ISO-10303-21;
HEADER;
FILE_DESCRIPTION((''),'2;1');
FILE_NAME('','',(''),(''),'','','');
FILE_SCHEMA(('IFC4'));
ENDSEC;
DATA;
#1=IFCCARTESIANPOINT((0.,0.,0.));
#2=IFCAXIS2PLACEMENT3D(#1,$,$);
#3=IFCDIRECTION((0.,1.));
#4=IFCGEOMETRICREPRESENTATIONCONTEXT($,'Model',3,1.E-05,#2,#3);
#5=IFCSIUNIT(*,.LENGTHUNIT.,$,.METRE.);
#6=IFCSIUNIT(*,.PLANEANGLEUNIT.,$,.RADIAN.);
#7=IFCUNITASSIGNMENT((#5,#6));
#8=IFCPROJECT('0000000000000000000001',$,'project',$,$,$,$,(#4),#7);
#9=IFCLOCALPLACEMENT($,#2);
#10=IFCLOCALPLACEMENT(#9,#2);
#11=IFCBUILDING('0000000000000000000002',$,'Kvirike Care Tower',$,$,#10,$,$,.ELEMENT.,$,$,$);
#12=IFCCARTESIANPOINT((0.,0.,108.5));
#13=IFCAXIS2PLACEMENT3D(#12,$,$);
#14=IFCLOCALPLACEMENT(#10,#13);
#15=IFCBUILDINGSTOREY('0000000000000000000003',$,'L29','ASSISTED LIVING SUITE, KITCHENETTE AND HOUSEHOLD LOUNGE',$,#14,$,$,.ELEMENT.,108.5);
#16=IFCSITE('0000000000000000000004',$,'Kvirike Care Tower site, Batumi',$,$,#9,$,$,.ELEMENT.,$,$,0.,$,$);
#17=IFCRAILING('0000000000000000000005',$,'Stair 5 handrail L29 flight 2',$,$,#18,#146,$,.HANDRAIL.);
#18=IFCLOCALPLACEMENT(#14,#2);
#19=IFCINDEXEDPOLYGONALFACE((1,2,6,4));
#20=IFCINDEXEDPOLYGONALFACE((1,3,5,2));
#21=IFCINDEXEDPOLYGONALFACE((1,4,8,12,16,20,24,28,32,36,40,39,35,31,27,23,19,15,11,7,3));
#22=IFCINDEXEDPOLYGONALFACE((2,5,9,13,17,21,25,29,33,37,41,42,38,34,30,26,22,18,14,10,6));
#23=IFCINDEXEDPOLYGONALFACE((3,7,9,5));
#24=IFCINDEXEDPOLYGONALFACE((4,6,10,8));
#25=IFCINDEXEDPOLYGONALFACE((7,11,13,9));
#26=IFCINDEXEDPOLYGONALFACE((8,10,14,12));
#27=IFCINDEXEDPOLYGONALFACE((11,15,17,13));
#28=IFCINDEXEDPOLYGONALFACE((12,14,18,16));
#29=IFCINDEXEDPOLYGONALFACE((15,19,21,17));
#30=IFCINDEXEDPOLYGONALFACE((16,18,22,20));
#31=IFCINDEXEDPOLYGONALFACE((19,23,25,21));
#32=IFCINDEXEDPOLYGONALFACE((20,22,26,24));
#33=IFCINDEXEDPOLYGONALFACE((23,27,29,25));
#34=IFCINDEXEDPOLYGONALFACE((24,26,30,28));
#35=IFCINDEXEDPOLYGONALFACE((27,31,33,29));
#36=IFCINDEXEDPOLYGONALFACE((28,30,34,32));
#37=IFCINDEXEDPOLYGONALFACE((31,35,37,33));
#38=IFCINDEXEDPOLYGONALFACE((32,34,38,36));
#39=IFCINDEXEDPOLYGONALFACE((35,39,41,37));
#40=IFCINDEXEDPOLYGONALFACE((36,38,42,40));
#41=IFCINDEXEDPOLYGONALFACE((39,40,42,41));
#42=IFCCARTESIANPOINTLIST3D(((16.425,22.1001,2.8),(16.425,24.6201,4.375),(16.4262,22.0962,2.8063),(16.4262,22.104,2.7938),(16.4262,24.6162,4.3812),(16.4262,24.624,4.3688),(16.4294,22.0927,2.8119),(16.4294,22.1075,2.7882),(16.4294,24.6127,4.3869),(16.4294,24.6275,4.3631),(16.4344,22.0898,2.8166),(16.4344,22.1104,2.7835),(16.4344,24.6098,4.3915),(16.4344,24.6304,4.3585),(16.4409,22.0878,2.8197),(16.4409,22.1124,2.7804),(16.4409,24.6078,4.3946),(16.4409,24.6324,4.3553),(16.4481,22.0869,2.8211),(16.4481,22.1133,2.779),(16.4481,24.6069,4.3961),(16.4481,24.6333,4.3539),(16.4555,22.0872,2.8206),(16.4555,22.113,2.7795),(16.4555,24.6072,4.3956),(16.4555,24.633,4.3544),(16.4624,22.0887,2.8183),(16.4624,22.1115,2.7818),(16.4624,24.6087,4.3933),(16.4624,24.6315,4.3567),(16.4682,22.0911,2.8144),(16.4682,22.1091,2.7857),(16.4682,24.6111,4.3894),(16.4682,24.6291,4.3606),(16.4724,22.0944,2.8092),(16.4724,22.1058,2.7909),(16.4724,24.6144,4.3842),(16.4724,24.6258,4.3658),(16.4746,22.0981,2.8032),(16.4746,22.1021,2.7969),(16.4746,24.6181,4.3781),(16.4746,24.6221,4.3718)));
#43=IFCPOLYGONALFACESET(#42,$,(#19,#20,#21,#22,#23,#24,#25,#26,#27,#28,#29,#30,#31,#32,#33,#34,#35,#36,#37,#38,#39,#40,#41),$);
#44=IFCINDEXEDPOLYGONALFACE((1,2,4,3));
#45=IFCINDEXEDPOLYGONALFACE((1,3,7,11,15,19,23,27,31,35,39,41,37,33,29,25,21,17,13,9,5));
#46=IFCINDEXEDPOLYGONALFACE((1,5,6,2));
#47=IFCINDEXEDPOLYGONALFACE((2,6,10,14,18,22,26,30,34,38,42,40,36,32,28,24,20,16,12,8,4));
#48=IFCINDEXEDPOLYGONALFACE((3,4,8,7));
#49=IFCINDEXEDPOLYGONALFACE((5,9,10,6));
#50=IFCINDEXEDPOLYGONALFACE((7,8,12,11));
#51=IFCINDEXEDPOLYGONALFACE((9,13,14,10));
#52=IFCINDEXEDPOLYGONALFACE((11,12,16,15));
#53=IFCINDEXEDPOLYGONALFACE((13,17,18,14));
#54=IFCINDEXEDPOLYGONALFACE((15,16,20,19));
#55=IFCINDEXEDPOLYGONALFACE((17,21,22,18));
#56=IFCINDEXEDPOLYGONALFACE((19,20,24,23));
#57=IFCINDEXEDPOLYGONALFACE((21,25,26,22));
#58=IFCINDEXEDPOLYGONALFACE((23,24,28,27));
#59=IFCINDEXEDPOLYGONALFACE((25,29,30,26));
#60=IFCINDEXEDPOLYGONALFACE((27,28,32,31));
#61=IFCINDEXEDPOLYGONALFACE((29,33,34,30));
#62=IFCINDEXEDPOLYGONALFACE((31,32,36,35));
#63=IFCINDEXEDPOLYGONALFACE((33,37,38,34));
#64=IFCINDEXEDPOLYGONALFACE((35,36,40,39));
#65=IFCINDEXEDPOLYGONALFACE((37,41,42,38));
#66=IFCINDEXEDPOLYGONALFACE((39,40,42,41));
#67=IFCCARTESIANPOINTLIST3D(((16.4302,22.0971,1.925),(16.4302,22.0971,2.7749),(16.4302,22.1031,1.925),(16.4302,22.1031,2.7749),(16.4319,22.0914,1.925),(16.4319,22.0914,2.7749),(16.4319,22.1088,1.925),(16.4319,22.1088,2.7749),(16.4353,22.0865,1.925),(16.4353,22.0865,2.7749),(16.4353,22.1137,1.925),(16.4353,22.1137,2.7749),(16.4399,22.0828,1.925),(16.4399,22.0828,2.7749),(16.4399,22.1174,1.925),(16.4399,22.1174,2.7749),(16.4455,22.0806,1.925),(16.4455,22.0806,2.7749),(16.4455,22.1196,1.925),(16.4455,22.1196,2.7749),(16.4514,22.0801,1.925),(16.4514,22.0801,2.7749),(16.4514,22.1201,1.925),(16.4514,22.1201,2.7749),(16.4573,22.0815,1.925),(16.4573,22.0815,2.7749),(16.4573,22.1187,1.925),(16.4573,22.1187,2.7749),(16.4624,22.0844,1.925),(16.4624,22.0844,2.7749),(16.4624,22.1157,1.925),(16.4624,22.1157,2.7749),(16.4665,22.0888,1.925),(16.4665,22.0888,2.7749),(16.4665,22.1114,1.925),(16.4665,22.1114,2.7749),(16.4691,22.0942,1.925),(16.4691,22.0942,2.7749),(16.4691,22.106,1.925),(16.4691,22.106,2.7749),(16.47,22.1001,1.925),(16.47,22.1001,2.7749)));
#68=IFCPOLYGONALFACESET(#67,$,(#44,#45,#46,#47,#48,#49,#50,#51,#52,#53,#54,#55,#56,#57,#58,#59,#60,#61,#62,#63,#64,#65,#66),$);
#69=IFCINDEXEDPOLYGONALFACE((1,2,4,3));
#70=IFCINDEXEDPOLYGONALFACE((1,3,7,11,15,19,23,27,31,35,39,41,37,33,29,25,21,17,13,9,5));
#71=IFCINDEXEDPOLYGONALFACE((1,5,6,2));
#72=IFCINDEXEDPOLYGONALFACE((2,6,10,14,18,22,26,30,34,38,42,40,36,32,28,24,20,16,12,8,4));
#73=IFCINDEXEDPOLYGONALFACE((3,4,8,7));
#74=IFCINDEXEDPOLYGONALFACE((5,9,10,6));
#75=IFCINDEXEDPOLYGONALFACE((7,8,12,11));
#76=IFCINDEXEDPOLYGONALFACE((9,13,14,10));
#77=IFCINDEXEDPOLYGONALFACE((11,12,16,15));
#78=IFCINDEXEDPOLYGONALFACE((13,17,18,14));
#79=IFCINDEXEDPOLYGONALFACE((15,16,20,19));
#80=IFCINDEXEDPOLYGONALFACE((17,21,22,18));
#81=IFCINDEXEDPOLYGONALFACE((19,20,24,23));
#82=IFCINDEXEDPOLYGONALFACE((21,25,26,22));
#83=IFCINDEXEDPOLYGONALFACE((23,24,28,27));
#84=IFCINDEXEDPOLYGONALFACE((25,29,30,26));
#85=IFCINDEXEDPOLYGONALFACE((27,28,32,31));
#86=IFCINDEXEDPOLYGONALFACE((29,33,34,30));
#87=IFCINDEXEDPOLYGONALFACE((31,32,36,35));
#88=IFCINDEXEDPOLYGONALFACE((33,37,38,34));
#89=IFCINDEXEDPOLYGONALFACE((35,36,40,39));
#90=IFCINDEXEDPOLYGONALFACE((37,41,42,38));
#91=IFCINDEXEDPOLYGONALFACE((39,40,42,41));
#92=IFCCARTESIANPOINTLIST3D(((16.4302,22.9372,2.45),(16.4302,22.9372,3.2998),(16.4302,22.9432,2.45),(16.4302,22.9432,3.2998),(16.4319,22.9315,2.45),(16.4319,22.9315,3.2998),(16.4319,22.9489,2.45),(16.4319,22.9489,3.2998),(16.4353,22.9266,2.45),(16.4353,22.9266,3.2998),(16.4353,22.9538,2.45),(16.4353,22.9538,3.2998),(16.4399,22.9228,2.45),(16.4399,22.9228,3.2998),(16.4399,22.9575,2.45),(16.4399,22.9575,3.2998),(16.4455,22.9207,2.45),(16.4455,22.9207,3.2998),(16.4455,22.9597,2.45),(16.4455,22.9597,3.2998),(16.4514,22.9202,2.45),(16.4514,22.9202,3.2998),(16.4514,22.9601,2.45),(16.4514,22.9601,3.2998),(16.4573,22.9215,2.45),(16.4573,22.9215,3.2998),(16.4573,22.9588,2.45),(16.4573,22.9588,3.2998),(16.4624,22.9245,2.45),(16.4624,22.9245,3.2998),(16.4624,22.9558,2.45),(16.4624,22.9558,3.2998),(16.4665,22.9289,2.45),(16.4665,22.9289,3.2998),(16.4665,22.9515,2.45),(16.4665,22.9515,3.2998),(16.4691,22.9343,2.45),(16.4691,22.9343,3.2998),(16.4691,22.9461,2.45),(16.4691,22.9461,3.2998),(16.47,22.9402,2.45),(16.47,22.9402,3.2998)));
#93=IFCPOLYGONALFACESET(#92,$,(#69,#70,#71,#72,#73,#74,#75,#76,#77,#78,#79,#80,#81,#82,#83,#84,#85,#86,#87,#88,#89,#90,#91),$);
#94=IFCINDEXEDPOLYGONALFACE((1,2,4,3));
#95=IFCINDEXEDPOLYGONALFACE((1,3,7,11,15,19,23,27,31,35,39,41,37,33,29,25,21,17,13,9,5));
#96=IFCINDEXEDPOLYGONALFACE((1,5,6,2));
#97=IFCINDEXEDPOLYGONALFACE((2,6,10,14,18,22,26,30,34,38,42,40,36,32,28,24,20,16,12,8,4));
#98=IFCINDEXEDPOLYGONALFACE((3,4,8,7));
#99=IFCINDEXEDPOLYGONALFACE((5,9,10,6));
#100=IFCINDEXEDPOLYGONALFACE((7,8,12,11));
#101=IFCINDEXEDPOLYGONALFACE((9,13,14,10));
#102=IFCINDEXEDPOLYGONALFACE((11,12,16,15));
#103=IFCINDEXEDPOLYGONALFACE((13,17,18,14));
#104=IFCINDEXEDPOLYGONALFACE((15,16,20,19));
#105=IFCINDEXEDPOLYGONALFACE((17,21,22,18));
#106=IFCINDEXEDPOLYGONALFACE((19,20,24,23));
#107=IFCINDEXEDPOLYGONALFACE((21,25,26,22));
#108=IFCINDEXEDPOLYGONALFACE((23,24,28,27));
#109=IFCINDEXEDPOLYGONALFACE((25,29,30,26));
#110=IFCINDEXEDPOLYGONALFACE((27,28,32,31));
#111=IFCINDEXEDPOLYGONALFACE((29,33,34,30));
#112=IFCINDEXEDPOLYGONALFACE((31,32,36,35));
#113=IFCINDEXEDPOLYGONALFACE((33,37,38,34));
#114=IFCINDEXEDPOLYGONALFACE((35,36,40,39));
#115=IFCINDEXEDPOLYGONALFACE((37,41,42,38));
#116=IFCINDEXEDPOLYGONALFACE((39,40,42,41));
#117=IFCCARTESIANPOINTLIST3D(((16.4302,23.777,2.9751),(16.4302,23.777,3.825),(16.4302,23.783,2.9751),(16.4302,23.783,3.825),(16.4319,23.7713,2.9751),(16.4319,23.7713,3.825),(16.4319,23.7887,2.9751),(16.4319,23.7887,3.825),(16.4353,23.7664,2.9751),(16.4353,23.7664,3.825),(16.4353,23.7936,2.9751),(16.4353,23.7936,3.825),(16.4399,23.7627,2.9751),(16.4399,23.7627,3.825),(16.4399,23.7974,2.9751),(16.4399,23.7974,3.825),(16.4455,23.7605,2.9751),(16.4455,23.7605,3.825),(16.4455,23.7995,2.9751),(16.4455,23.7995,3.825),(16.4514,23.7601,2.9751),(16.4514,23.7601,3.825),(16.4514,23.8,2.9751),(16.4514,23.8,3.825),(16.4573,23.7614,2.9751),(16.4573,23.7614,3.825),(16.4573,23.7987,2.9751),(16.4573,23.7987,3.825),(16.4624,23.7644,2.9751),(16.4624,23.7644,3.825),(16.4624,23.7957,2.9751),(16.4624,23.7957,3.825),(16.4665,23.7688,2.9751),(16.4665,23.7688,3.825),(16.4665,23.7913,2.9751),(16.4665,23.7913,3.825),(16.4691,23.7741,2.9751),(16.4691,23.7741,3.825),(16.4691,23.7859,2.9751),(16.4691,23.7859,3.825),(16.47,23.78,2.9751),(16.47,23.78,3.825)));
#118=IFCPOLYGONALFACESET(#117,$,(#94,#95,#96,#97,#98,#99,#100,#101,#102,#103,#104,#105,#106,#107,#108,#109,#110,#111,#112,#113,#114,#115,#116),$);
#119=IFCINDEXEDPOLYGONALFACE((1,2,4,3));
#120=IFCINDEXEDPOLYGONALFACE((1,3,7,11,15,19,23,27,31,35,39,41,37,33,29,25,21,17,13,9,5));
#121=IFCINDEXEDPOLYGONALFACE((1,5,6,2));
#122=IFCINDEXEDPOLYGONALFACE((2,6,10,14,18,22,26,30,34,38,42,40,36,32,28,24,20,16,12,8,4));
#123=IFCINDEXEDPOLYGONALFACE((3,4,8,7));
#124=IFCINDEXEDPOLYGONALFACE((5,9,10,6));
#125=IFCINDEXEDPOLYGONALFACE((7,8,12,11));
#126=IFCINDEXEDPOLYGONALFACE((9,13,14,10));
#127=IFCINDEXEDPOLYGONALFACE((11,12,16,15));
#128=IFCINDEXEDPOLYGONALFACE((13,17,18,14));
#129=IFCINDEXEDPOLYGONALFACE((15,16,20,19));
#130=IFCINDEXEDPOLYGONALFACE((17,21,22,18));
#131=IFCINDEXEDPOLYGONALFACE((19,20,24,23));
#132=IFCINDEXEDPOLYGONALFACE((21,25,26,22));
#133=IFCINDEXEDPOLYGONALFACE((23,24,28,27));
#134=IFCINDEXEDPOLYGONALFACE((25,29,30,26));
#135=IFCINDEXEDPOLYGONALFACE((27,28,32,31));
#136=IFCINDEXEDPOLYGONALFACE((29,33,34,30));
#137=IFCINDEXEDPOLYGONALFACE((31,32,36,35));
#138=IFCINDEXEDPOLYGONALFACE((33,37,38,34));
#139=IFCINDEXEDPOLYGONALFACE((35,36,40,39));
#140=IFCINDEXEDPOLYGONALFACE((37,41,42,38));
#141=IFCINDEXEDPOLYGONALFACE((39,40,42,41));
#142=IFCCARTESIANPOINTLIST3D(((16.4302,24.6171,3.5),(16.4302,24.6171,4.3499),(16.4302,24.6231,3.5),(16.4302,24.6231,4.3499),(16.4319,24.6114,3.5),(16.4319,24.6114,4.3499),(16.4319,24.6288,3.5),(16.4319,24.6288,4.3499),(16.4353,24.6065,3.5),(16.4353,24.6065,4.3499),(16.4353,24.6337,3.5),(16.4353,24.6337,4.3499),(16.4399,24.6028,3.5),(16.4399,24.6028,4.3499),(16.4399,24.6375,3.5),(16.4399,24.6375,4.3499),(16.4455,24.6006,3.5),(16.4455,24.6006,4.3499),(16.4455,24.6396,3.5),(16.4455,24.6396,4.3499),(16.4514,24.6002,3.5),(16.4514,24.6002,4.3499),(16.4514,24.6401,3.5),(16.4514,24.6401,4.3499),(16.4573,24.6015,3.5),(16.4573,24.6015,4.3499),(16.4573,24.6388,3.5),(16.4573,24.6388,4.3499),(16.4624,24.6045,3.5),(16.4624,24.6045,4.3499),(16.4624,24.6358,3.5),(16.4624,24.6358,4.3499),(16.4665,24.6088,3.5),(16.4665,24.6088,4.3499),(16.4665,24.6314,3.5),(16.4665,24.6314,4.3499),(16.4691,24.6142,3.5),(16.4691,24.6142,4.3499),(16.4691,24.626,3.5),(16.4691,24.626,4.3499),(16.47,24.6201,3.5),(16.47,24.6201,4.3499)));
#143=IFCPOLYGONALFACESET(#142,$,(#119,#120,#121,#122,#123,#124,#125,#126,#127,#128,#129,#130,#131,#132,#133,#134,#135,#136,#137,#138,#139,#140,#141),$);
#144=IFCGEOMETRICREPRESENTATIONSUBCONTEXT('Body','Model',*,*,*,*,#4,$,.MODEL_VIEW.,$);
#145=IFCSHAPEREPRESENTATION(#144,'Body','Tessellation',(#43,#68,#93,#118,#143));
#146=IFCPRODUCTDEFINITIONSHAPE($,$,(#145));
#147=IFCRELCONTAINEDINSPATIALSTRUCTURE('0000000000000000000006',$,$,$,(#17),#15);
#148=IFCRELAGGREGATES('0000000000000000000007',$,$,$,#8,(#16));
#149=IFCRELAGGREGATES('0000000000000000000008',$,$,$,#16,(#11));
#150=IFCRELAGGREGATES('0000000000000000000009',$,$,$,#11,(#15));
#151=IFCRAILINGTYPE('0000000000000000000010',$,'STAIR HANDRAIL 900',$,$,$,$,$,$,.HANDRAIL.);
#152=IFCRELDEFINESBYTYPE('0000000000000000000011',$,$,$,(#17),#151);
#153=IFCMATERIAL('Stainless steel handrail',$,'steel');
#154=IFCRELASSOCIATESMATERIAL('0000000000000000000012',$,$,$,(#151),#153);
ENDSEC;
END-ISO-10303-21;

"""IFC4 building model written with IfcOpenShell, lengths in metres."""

from ifc_helpers import new_model, si_unit, direction, frame, origin, origin_2d, place, context, subcontext, project, spatial, circle, extrude, material, type_object, element, save


model = new_model("IFC4")

# Units and contexts
model_context = context("Model", 3, precision=1e-05, world=origin(), true_north=direction((0.0, 1.0)))
body_context = subcontext(model_context, "Body", "Model", "MODEL_VIEW")
ifc_project = project(units=[si_unit("LENGTHUNIT", "METRE"), si_unit("PLANEANGLEUNIT", "RADIAN")], contexts=[model_context])

# Site, building, storey
site_placement = place(None, origin())
site = spatial("IfcSite", under=ifc_project, at=site_placement, Name="Kvirike Care Tower site, Batumi", CompositionType="ELEMENT", RefElevation=0.0)
building_placement = place(site_placement, origin())
building = spatial("IfcBuilding", under=site, at=building_placement, Name="Kvirike Care Tower", CompositionType="ELEMENT")
storey_placement = place(building_placement, frame((0.0, 0.0, 108.5)))
storey = spatial("IfcBuildingStorey", under=building, at=storey_placement, Name="L29", Description="ASSISTED LIVING SUITE, KITCHENETTE AND HOUSEHOLD LOUNGE", CompositionType="ELEMENT", Elevation=108.5)

# Railing
ifc_material_1 = material(Name="Stainless steel handrail", Category="steel")
railing_type = type_object("IfcRailingType", Name="STAIR HANDRAIL 900", PredefinedType="HANDRAIL", material=ifc_material_1)
railing_1_placement = place(storey_placement, frame((16.45, 22.1001, 1.925)))
element("IfcRailing", 1, at=railing_1_placement, inside=storey, type_object=railing_type, Name="Stair 5 handrail L29 flight 2", PredefinedType="HANDRAIL", context=body_context, shape_type="SweptSolid", body=[
    extrude(circle(Radius=0.0249, at=origin_2d()), frame((0.0, 0.0, 0.875), z_axis=(0.0, 0.848008, 0.529984), x_axis=(-1.0, 0.0, 0.0)), (0.0, 0.0, 1.0), 2.9717),
    extrude(circle(Radius=0.02, at=origin_2d()), origin(), (0.0, 0.0, 1.0), 0.8499),
    extrude(circle(Radius=0.02, at=origin_2d()), frame((0.0, 0.8401, 0.5249)), (0.0, 0.0, 1.0), 0.8499),
    extrude(circle(Radius=0.02, at=origin_2d()), frame((0.0, 1.6799, 1.05)), (0.0, 0.0, 1.0), 0.8499),
    extrude(circle(Radius=0.02, at=origin_2d()), frame((0.0, 2.52, 1.575)), (0.0, 0.0, 1.0), 0.8499),
])

save(model, "model.ifc")
